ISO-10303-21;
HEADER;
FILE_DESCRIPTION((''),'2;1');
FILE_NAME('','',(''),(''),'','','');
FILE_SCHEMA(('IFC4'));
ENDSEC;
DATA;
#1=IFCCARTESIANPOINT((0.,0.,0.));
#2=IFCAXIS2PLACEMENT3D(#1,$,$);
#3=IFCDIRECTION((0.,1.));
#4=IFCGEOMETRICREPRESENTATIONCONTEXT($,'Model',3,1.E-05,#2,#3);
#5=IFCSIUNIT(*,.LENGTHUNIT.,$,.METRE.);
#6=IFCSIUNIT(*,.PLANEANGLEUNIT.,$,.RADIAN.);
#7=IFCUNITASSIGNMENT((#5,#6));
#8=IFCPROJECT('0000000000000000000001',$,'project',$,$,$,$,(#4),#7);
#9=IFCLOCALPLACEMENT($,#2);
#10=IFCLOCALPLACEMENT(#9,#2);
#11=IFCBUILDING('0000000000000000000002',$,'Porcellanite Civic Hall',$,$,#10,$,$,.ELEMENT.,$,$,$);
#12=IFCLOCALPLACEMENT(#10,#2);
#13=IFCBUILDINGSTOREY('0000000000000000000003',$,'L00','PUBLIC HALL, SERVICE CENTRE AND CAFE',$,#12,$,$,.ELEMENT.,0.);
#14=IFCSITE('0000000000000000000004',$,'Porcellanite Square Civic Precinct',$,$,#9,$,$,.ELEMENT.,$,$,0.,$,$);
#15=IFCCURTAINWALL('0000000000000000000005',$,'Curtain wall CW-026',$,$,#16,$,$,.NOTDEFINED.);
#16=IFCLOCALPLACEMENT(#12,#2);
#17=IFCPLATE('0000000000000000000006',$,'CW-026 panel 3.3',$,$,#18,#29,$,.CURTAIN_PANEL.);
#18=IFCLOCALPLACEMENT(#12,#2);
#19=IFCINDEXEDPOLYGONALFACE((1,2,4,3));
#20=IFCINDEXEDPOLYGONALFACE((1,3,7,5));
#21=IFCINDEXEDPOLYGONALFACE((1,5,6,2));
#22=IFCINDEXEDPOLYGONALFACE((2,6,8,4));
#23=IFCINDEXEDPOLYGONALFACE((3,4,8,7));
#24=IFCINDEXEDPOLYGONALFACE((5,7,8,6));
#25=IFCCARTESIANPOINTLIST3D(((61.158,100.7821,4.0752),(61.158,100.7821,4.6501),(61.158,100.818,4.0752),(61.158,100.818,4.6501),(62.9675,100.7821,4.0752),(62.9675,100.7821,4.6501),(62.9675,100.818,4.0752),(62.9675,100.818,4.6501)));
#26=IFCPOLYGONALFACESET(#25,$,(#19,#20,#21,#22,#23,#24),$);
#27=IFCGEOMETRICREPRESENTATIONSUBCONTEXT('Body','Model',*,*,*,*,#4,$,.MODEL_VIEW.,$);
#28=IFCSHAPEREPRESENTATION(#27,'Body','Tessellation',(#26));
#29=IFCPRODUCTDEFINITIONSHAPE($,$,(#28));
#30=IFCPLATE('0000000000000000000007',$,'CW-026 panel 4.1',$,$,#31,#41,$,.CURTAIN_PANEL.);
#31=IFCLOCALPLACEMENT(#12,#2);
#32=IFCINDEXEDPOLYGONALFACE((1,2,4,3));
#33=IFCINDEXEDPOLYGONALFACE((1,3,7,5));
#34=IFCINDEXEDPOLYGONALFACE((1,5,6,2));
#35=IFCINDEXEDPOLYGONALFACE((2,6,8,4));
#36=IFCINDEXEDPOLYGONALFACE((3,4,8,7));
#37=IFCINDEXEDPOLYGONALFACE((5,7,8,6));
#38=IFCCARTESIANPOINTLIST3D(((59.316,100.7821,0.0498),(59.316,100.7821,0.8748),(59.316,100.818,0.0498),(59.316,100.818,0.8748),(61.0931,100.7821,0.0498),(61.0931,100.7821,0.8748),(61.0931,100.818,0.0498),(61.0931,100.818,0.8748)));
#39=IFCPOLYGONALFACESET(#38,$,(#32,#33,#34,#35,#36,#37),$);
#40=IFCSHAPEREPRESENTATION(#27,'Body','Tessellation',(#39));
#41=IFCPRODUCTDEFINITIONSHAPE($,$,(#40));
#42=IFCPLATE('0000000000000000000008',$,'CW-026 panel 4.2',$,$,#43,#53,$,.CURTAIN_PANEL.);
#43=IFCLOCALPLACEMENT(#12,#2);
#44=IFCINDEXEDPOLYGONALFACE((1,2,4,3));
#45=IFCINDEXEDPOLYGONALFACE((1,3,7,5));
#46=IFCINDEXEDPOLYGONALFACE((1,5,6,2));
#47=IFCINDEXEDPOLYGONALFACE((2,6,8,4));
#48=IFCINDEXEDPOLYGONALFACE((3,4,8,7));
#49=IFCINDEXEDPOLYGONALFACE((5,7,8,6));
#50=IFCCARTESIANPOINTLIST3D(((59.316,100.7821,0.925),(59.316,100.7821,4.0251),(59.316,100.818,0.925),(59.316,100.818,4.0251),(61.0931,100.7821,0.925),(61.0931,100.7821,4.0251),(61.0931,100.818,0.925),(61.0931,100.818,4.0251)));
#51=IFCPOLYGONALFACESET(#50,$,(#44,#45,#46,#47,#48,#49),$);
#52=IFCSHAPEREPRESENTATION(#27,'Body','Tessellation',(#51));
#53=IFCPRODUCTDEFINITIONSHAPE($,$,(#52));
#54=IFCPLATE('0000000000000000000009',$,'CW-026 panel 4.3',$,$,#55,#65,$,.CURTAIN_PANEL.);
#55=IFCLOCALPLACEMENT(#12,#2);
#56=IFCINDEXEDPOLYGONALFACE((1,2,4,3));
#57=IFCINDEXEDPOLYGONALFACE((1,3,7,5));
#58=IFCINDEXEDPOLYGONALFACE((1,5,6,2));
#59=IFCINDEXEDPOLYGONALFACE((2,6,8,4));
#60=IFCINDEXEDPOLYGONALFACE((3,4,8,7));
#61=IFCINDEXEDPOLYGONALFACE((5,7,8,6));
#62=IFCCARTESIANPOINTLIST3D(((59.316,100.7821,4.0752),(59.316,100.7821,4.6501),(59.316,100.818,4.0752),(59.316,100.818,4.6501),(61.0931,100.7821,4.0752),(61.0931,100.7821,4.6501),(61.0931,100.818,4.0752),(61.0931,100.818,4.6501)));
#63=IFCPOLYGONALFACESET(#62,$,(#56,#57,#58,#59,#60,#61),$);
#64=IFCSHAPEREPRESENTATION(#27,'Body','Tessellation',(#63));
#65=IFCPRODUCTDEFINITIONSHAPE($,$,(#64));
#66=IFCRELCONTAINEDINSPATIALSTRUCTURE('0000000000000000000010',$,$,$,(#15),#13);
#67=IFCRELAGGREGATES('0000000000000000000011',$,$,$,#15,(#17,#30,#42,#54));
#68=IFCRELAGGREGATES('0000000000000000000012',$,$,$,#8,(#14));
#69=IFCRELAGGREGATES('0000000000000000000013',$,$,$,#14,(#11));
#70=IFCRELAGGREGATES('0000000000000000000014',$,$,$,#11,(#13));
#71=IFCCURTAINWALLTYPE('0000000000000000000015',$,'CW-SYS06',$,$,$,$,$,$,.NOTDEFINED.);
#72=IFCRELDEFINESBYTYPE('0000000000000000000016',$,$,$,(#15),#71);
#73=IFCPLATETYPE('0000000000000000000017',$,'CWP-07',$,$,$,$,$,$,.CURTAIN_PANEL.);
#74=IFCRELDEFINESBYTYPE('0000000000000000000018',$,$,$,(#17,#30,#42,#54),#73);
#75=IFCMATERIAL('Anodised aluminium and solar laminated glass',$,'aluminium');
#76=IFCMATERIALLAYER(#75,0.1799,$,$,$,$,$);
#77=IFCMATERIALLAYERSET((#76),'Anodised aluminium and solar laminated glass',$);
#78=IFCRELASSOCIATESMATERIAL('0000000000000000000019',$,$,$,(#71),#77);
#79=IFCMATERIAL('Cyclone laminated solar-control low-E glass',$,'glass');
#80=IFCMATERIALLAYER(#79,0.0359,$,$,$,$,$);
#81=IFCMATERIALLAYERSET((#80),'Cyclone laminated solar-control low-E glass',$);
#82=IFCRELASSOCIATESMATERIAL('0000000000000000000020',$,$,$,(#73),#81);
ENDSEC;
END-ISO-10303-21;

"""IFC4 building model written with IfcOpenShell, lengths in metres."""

from ifc_helpers import new_model, si_unit, direction, frame, origin, origin_2d, place, context, subcontext, project, spatial, rectangle, extrude, material, layer, layer_set, type_object, element, aggregate, save


model = new_model("IFC4")

# Units and contexts
model_context = context("Model", 3, precision=1e-05, world=origin(), true_north=direction((0.0, 1.0)))
body_context = subcontext(model_context, "Body", "Model", "MODEL_VIEW")
ifc_project = project(units=[si_unit("LENGTHUNIT", "METRE"), si_unit("PLANEANGLEUNIT", "RADIAN")], contexts=[model_context])

# Site, building, storey
site_placement = place(None, origin())
site = spatial("IfcSite", under=ifc_project, at=site_placement, Name="Porcellanite Square Civic Precinct", CompositionType="ELEMENT", RefElevation=0.0)
building_placement = place(site_placement, origin())
building = spatial("IfcBuilding", under=site, at=building_placement, Name="Porcellanite Civic Hall", CompositionType="ELEMENT")
storey_placement = place(building_placement, origin())
storey = spatial("IfcBuildingStorey", under=building, at=storey_placement, Name="L00", Description="PUBLIC HALL, SERVICE CENTRE AND CAFE", CompositionType="ELEMENT", Elevation=0.0)

# Curtain wall
ifc_material_1 = material(Name="Anodised aluminium and solar laminated glass", Category="aluminium")
ifc_layer_1 = layer(ifc_material_1, 0.1799)
ifc_layer_set_1 = layer_set([ifc_layer_1], Name="Anodised aluminium and solar laminated glass")
curtain_wall_type = type_object("IfcCurtainWallType", Name="CW-SYS06", PredefinedType="NOTDEFINED", material=ifc_layer_set_1)
curtain_wall_placement = place(storey_placement, origin())
curtain_wall = element("IfcCurtainWall", 1, at=curtain_wall_placement, inside=storey, type_object=curtain_wall_type, Name="Curtain wall CW-026", PredefinedType="NOTDEFINED")

# Plates
ifc_material_2 = material(Name="Cyclone laminated solar-control low-E glass", Category="glass")
ifc_layer_2 = layer(ifc_material_2, 0.0359)
ifc_layer_set_2 = layer_set([ifc_layer_2], Name="Cyclone laminated solar-control low-E glass")
plate_type = type_object("IfcPlateType", Name="CWP-07", PredefinedType="CURTAIN_PANEL", material=ifc_layer_set_2)
plate_1_placement = place(storey_placement, frame((62.0627, 100.8, 4.0752), z_axis=(0.0, 0.0, 1.0), x_axis=(-1.0, 0.0, 0.0)))
plate_1 = element("IfcPlate", 2, at=plate_1_placement, type_object=plate_type, Name="CW-026 panel 3.3", PredefinedType="CURTAIN_PANEL", context=body_context, shape_type="SweptSolid", body=[
    extrude(rectangle(XDim=1.8096, YDim=0.0359, at=origin_2d()), origin(), (0.0, 0.0, 1.0), 0.575),
])
plate_2_placement = place(storey_placement, frame((60.2046, 100.8, 0.0498), z_axis=(0.0, 0.0, 1.0), x_axis=(-1.0, 0.0, 0.0)))
plate_2 = element("IfcPlate", 3, at=plate_2_placement, type_object=plate_type, Name="CW-026 panel 4.1", PredefinedType="CURTAIN_PANEL", context=body_context, shape_type="SweptSolid", body=[
    extrude(rectangle(XDim=1.7771, YDim=0.0359, at=origin_2d()), origin(), (0.0, 0.0, 1.0), 0.825),
])
plate_3_placement = place(storey_placement, frame((60.2046, 100.8, 0.925), z_axis=(0.0, 0.0, 1.0), x_axis=(-1.0, 0.0, 0.0)))
plate_3 = element("IfcPlate", 4, at=plate_3_placement, type_object=plate_type, Name="CW-026 panel 4.2", PredefinedType="CURTAIN_PANEL", context=body_context, shape_type="SweptSolid", body=[
    extrude(rectangle(XDim=1.7771, YDim=0.0359, at=origin_2d()), origin(), (0.0, 0.0, 1.0), 3.1001),
])
plate_4_placement = place(storey_placement, frame((60.2046, 100.8, 4.0752), z_axis=(0.0, 0.0, 1.0), x_axis=(-1.0, 0.0, 0.0)))
plate_4 = element("IfcPlate", 5, at=plate_4_placement, type_object=plate_type, Name="CW-026 panel 4.3", PredefinedType="CURTAIN_PANEL", context=body_context, shape_type="SweptSolid", body=[
    extrude(rectangle(XDim=1.7771, YDim=0.0359, at=origin_2d()), origin(), (0.0, 0.0, 1.0), 0.575),
])
aggregate(curtain_wall, [plate_1, plate_2, plate_3, plate_4])

save(model, "model.ifc")
